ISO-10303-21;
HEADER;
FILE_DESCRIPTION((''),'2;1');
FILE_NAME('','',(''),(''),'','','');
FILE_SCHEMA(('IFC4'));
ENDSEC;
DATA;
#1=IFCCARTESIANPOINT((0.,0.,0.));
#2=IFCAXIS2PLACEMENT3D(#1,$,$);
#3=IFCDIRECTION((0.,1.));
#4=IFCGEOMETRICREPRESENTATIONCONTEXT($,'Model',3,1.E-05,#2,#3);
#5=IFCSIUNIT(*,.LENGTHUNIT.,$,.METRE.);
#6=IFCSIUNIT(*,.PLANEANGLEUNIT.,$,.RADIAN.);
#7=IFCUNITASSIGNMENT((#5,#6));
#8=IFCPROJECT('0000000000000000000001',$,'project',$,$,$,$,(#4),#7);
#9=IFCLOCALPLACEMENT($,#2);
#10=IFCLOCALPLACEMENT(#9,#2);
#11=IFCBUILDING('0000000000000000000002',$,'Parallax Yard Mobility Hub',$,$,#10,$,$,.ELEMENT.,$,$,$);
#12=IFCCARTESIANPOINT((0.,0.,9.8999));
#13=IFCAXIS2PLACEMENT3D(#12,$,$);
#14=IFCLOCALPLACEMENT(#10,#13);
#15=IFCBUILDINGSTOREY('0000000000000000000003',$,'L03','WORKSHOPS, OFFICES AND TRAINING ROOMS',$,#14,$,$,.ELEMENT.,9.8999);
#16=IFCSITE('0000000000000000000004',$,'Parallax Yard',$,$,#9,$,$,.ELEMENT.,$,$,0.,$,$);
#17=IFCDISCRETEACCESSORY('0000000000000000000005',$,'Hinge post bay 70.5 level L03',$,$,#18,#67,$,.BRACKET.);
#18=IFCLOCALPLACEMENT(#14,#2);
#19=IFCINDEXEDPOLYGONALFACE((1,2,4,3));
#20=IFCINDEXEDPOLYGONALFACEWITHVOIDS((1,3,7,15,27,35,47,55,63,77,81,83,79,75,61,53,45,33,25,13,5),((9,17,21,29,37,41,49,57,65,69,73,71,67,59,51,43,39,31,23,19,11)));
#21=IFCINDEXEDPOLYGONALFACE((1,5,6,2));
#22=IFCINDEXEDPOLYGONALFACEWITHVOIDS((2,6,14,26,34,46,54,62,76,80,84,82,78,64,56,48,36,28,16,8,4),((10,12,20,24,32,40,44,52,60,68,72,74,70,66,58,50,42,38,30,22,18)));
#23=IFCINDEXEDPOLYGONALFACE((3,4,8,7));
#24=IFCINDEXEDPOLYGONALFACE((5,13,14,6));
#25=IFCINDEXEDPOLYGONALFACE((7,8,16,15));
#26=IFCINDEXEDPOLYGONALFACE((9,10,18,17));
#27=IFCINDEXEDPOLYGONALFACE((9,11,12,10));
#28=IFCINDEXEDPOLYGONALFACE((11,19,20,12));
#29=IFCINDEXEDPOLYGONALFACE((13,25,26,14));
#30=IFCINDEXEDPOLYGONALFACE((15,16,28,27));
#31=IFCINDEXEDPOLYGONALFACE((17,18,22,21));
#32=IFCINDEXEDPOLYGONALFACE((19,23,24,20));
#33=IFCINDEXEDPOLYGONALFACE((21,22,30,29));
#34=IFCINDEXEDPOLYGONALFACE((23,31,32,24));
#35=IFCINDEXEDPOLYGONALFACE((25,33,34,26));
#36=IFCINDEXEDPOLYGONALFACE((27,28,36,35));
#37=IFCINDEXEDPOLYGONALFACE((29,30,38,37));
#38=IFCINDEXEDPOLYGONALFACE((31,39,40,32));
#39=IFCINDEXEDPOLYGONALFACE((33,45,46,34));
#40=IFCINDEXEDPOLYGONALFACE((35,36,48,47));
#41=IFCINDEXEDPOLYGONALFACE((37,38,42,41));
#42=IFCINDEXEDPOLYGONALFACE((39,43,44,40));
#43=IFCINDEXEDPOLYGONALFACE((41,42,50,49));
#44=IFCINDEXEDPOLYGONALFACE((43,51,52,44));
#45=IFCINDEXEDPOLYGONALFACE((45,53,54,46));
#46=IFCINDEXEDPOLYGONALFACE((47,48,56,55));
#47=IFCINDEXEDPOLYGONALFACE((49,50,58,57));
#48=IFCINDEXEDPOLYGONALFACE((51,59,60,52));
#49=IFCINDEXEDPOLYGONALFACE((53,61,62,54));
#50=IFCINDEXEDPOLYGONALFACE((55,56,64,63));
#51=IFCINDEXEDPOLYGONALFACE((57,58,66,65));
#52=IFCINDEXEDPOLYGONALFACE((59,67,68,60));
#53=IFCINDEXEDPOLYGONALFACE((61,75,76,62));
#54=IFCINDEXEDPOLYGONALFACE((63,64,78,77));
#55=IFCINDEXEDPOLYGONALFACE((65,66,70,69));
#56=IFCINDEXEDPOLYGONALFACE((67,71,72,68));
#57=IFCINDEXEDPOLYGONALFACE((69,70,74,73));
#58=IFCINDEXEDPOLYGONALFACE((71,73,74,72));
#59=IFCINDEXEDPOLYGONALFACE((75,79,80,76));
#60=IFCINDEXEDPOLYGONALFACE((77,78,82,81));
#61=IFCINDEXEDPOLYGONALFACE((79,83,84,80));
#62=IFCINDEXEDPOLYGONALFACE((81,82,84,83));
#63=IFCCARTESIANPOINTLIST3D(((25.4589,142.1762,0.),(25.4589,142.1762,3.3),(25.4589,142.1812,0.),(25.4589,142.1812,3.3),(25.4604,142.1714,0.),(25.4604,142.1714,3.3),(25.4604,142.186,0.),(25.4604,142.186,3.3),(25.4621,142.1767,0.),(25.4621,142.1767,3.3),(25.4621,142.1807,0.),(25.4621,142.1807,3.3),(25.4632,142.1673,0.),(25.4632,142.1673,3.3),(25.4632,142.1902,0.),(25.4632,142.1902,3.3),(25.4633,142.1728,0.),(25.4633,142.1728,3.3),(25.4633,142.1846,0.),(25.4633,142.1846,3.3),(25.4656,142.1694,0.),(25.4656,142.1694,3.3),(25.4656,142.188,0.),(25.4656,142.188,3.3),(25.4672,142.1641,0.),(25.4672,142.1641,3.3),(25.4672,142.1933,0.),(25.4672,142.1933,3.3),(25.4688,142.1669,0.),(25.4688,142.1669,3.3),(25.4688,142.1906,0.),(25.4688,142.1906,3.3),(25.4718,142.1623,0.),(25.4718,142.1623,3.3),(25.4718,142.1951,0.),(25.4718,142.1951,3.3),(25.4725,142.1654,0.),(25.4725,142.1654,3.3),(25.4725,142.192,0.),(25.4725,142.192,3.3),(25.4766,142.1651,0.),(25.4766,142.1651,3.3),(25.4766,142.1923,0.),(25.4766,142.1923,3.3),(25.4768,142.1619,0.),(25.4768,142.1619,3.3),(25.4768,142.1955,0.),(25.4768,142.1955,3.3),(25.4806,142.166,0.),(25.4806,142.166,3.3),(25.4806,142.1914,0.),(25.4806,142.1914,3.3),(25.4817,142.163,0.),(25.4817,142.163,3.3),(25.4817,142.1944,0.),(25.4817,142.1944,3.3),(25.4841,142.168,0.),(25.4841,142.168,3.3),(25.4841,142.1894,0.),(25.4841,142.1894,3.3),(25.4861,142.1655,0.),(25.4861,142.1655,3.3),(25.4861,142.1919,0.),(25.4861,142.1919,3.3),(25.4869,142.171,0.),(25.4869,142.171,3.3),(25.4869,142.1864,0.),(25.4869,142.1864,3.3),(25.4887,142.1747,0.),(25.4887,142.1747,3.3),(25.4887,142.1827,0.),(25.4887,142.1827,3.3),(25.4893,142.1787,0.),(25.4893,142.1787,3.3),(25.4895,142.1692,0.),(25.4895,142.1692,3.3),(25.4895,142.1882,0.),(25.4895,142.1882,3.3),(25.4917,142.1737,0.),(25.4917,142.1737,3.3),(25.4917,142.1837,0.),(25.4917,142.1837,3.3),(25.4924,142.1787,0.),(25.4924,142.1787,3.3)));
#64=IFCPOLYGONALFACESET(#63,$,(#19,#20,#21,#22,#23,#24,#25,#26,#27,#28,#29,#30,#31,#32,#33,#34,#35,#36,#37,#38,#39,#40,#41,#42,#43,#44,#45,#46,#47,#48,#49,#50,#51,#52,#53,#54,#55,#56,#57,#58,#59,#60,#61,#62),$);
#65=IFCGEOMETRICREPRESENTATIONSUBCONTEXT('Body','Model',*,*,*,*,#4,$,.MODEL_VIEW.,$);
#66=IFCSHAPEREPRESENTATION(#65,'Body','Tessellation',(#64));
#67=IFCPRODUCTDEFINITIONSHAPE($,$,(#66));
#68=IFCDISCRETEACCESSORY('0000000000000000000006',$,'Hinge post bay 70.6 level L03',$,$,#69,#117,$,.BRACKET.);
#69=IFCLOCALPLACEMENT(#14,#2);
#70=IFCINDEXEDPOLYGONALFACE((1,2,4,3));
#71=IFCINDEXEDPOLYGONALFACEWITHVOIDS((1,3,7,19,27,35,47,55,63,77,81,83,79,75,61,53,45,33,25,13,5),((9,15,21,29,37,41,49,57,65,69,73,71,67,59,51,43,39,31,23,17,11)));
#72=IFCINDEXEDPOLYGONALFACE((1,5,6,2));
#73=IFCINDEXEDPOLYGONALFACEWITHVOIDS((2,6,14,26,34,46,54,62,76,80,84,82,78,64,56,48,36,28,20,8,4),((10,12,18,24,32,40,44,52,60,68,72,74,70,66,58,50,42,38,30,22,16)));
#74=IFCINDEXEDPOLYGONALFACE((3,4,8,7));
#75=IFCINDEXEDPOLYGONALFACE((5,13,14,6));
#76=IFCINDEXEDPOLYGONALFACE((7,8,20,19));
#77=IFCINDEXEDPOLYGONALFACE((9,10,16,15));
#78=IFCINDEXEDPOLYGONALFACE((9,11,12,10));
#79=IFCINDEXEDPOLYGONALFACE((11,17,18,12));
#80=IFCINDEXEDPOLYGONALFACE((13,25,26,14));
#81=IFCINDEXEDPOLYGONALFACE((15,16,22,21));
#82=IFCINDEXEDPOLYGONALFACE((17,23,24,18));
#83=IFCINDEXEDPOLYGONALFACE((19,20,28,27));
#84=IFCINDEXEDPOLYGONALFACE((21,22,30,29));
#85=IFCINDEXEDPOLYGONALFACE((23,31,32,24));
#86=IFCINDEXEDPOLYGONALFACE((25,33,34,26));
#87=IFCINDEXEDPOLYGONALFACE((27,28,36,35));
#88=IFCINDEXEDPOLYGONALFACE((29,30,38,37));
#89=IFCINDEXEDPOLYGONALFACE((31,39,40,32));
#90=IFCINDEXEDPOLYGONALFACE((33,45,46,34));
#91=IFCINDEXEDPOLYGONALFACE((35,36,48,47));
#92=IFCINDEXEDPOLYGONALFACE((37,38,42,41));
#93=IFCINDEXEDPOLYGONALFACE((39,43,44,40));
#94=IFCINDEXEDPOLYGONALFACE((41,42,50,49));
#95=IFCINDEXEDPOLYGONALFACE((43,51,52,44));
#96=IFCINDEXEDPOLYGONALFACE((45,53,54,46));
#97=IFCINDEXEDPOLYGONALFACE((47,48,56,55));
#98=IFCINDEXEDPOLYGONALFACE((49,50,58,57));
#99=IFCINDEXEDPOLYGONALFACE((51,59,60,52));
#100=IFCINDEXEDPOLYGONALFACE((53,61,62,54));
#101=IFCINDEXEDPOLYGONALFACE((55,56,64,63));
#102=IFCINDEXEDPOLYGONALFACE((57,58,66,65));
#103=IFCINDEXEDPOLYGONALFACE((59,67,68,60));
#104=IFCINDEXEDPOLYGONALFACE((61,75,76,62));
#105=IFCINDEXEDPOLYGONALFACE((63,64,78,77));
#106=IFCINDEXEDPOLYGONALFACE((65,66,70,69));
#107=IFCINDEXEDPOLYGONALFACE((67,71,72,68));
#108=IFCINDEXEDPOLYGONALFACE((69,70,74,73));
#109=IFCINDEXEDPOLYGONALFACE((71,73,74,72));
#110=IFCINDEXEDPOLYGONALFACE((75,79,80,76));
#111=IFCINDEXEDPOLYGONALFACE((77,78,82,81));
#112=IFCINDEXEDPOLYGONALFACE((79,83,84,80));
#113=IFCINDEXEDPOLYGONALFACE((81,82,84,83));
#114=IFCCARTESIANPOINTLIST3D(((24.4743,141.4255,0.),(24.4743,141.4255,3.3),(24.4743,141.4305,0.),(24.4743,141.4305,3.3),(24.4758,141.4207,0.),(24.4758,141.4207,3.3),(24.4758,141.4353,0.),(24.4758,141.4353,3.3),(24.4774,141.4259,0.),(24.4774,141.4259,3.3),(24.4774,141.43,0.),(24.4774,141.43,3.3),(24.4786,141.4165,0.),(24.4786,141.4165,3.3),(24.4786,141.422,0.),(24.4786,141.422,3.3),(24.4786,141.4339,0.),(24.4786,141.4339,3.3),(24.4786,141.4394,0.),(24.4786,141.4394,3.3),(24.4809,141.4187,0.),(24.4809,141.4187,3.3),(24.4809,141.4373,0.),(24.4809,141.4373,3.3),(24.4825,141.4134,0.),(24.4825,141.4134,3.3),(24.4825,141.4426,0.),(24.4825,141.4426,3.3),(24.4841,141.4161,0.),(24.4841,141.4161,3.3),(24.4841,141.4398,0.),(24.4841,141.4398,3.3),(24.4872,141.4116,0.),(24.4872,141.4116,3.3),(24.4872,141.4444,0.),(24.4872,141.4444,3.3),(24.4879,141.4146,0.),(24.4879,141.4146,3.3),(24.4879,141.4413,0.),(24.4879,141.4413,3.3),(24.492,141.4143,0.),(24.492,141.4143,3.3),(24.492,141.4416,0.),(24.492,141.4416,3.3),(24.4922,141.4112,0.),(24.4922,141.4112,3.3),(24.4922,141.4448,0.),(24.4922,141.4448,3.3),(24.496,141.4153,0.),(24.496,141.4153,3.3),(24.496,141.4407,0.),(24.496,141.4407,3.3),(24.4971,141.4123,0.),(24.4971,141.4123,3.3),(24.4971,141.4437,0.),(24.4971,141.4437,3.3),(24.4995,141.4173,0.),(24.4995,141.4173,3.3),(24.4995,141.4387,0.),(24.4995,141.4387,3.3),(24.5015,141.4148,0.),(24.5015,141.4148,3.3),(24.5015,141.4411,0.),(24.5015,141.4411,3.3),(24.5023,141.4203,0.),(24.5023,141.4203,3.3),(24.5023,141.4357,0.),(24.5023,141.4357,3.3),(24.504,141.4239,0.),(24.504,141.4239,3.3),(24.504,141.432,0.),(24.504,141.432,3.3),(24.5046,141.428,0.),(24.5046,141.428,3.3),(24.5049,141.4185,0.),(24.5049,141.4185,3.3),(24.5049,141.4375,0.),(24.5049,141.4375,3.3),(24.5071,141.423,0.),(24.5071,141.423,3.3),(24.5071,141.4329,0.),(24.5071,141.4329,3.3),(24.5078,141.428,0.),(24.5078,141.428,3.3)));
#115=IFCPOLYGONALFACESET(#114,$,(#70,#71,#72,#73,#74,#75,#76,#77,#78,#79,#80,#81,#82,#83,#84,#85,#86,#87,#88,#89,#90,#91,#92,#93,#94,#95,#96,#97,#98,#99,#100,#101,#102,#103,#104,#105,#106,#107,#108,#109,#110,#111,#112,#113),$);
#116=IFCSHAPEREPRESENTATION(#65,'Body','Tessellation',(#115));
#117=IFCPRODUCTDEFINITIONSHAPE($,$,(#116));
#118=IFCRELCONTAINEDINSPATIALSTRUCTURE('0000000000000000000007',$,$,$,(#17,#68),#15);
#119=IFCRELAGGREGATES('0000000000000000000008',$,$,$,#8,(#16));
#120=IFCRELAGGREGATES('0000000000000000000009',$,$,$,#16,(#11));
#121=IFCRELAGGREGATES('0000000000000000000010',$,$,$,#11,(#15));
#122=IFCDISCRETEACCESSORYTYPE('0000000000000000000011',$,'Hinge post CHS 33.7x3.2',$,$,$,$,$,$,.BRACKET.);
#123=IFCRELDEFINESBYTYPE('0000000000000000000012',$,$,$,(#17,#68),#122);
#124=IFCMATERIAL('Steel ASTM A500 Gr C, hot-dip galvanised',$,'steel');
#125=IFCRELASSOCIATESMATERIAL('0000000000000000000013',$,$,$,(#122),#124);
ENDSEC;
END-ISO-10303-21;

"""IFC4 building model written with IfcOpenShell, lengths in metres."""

from ifc_helpers import new_model, si_unit, direction, frame, origin, origin_2d, place, context, subcontext, project, spatial, hollow_circle, extrude, material, material_profile, profile_set, type_object, element, save


model = new_model("IFC4")

# Units and contexts
model_context = context("Model", 3, precision=1e-05, world=origin(), true_north=direction((0.0, 1.0)))
body_context = subcontext(model_context, "Body", "Model", "MODEL_VIEW")
ifc_project = project(units=[si_unit("LENGTHUNIT", "METRE"), si_unit("PLANEANGLEUNIT", "RADIAN")], contexts=[model_context])

# Site, building, storey
site_placement = place(None, origin())
site = spatial("IfcSite", under=ifc_project, at=site_placement, Name="Parallax Yard", CompositionType="ELEMENT", RefElevation=0.0)
building_placement = place(site_placement, origin())
building = spatial("IfcBuilding", under=site, at=building_placement, Name="Parallax Yard Mobility Hub", CompositionType="ELEMENT")
storey_placement = place(building_placement, frame((0.0, 0.0, 9.8999)))
storey = spatial("IfcBuildingStorey", under=building, at=storey_placement, Name="L03", Description="WORKSHOPS, OFFICES AND TRAINING ROOMS", CompositionType="ELEMENT", Elevation=9.8999)

# Discrete accessories
ifc_material_1 = material(Name="Steel ASTM A500 Gr C, hot-dip galvanised", Category="steel")
ifc_material_profile_1 = material_profile(ifc_material_1, hollow_circle(Radius=0.0168, WallThickness=0.0032, at=origin_2d()), Name="CHS 33.7x3.2")
ifc_profile_set_1 = profile_set([ifc_material_profile_1], Name="Steel ASTM A500 Gr C, hot-dip galvanised")
discrete_accessory_type_1 = type_object("IfcDiscreteAccessoryType", Name="Hinge post CHS 33.7x3.2", PredefinedType="BRACKET", material=ifc_profile_set_1)
for number, where, z_axis, x_axis, name in (
    (1, (25.4756, 142.1787, 0.0), (0.0, 0.0, 1.0), (1.0, 0.0, 0.0), "Hinge post bay 70.5 level L03"),
    (2, (24.491, 141.428, 0.0), (0.0, 0.0, 1.0), (1.0, 0.0, 0.0), "Hinge post bay 70.6 level L03"),
):
    element("IfcDiscreteAccessory", number, at=place(storey_placement, frame(where, z_axis=z_axis, x_axis=x_axis)), inside=storey, type_object=discrete_accessory_type_1, Name=name, PredefinedType="BRACKET", context=body_context, shape_type="SweptSolid", body=[
        extrude(hollow_circle(Radius=0.0168, WallThickness=0.0032, at=origin_2d()), origin(), (0.0, 0.0, 1.0), 3.3),
    ])

save(model, "model.ifc")
